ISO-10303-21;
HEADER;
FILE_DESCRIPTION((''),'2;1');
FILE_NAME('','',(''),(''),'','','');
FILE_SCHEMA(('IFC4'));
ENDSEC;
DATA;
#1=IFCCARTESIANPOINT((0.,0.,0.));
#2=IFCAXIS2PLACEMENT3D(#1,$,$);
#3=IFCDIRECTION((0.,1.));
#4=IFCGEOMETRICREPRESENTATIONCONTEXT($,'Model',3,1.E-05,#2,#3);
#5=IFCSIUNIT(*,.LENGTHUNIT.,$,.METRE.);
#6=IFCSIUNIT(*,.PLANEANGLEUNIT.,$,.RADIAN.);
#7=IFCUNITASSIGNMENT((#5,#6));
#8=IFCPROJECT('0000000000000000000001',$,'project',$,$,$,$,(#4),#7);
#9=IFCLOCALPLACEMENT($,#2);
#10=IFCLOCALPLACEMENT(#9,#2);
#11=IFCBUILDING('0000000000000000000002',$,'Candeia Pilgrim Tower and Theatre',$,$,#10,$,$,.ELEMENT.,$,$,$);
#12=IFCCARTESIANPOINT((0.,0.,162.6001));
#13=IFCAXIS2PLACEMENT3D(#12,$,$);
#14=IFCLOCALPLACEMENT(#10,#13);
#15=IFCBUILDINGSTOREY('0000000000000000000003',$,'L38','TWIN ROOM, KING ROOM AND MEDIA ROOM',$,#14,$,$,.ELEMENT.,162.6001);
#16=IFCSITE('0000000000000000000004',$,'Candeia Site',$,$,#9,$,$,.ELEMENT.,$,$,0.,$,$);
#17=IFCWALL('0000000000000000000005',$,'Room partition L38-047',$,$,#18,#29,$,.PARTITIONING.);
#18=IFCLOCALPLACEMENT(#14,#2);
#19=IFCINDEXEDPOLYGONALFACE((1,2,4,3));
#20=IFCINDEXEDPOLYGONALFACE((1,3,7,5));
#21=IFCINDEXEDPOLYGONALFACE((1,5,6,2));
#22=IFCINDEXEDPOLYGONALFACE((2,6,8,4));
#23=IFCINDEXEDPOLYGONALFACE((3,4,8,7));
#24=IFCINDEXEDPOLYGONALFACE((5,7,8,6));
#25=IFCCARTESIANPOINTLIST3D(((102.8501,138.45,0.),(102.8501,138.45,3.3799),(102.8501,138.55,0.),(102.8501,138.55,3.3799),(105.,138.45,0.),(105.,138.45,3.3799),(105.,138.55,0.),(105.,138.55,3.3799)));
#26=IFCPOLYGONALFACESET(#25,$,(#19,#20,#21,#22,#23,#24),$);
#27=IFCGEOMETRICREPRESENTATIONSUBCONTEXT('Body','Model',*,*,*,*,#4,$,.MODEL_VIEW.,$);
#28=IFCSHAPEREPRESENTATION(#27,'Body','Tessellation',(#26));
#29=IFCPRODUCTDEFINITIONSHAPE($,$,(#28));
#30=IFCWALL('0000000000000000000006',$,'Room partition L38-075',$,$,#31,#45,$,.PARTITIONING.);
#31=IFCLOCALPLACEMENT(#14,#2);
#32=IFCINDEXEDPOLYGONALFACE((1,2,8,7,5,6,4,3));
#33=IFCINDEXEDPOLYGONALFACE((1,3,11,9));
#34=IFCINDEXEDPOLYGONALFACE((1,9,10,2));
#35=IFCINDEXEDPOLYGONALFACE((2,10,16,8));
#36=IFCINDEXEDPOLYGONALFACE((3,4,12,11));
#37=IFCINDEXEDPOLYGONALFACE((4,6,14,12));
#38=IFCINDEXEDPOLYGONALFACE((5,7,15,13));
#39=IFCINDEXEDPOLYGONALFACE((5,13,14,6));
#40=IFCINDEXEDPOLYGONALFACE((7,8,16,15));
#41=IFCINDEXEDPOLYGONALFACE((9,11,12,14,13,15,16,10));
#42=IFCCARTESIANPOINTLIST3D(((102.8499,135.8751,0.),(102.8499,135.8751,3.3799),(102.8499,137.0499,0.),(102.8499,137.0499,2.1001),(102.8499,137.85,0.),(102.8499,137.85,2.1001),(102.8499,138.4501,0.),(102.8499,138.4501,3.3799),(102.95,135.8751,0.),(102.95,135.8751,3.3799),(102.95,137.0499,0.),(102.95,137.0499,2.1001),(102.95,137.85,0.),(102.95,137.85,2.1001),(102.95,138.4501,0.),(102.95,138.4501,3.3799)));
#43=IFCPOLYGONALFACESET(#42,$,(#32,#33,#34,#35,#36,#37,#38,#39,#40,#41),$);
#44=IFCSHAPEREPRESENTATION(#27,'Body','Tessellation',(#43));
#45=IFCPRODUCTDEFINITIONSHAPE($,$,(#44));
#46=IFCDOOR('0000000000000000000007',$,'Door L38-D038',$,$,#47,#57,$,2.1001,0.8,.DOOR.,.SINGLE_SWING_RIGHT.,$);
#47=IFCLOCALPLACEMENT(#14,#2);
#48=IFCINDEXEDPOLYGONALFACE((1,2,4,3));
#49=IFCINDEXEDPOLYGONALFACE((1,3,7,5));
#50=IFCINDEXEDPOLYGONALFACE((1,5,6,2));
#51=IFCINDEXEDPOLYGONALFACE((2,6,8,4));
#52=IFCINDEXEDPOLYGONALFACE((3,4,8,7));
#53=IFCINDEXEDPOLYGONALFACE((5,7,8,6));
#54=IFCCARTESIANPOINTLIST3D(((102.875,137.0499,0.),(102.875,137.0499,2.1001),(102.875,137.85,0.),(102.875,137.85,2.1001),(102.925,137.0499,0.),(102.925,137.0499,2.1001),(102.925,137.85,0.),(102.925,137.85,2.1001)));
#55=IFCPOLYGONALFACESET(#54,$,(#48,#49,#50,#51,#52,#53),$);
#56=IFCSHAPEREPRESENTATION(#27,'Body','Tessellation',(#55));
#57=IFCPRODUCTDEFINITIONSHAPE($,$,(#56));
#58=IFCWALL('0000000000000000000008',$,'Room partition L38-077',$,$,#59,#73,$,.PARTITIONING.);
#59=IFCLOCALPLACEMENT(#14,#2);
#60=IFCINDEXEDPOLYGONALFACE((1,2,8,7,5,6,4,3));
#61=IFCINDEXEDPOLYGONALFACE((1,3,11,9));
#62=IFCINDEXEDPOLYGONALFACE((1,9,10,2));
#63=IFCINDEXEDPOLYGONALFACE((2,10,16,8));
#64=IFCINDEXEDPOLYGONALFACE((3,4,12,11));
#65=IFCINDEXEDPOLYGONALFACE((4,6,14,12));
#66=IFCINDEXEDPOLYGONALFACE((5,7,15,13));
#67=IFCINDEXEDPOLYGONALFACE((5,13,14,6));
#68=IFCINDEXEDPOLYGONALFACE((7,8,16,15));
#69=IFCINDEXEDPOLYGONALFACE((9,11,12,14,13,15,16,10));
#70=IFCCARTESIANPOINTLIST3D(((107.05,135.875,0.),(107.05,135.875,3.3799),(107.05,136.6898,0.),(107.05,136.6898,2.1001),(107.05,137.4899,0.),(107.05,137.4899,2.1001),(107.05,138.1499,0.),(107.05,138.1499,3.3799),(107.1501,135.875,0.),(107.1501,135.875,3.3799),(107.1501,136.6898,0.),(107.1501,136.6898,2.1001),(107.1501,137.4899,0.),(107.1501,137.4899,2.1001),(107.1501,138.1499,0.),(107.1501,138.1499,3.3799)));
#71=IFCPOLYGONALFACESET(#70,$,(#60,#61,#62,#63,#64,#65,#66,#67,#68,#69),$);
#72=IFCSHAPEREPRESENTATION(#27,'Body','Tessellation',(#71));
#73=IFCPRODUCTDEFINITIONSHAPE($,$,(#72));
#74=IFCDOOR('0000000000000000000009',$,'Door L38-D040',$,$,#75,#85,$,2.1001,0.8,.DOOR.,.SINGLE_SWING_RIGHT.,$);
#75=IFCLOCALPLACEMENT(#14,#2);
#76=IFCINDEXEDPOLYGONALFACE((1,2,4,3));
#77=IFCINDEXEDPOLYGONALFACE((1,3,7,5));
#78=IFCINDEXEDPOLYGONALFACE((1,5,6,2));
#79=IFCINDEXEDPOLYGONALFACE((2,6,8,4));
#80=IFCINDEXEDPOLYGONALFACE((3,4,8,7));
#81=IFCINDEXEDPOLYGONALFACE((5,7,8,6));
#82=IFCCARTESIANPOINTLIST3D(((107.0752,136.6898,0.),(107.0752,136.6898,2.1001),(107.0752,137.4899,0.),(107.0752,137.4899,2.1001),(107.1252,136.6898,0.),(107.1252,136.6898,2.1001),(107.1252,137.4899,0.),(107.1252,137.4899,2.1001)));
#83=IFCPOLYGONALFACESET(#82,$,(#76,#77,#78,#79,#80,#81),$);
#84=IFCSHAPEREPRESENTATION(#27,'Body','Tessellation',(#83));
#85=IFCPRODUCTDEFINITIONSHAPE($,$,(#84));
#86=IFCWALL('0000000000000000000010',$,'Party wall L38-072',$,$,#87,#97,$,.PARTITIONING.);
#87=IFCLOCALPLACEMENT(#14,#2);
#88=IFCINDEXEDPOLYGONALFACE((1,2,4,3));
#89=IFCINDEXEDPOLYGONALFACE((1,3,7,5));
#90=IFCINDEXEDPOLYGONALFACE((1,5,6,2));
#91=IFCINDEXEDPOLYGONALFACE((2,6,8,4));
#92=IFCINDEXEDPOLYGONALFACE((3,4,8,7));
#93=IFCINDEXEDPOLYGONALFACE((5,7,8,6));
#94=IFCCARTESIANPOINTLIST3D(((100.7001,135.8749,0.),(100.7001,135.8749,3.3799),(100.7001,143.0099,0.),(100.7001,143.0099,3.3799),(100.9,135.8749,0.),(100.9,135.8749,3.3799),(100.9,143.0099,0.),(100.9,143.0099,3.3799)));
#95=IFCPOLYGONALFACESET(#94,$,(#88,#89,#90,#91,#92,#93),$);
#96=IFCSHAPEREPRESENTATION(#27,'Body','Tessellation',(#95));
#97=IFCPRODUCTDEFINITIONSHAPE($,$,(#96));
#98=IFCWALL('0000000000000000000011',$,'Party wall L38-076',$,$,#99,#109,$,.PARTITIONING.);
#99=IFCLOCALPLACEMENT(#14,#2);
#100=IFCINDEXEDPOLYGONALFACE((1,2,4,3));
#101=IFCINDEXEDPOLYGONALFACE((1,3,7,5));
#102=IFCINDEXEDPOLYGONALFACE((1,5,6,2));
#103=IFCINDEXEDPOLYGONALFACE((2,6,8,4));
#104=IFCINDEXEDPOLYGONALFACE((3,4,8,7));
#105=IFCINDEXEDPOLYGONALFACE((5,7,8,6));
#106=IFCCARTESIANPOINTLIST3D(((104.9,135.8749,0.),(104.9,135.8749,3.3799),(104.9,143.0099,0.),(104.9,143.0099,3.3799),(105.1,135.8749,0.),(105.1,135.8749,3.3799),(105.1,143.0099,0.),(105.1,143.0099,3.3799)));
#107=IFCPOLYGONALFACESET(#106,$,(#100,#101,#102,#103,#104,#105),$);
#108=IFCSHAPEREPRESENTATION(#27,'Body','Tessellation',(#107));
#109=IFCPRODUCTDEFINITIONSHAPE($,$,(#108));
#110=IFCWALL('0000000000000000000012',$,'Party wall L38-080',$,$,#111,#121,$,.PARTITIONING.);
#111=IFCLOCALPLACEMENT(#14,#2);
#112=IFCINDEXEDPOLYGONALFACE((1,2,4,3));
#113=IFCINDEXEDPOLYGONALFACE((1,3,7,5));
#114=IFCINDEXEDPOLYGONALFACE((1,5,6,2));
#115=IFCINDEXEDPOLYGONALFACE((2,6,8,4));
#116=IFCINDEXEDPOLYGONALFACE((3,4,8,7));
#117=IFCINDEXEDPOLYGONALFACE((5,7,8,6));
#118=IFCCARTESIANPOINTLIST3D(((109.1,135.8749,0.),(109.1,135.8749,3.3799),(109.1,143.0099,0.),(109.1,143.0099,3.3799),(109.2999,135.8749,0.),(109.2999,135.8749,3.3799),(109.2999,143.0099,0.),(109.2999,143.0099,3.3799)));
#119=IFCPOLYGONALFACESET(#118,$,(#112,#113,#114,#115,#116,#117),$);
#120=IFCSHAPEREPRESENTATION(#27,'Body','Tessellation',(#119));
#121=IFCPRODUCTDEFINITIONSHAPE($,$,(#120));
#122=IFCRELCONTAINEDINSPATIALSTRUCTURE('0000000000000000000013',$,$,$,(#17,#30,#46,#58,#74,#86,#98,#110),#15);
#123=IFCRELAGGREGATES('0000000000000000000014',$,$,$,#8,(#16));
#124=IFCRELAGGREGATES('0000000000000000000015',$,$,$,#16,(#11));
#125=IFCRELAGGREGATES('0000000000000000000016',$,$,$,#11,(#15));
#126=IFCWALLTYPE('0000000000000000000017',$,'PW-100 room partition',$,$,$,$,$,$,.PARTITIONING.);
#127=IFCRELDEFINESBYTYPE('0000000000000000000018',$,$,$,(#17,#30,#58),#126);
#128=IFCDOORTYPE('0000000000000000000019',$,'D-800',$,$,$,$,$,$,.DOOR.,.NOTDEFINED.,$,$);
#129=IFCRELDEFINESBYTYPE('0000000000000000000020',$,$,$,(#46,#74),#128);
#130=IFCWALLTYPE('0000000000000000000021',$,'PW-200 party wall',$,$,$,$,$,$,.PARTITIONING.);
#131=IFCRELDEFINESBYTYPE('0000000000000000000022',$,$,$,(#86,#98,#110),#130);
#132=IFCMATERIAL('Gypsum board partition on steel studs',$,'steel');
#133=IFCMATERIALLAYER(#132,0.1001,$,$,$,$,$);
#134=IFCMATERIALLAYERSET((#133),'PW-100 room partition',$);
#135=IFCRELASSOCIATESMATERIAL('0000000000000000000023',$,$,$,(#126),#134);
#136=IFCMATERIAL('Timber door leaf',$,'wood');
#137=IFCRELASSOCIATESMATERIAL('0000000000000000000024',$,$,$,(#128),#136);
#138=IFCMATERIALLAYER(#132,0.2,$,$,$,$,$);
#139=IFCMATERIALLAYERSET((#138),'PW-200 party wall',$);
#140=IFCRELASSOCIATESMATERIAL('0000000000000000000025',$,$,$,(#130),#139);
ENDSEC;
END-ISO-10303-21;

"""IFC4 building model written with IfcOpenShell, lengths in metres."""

from ifc_helpers import new_model, si_unit, direction, frame, frame_2d, origin, place, context, subcontext, project, spatial, rectangle, extrude, material, layer, layer_set, type_object, element, fill, save


model = new_model("IFC4")

# Units and contexts
model_context = context("Model", 3, precision=1e-05, world=origin(), true_north=direction((0.0, 1.0)))
body_context = subcontext(model_context, "Body", "Model", "MODEL_VIEW")
ifc_project = project(units=[si_unit("LENGTHUNIT", "METRE"), si_unit("PLANEANGLEUNIT", "RADIAN")], contexts=[model_context])

# Site, building, storey
site_placement = place(None, origin())
site = spatial("IfcSite", under=ifc_project, at=site_placement, Name="Candeia Site", CompositionType="ELEMENT", RefElevation=0.0)
building_placement = place(site_placement, origin())
building = spatial("IfcBuilding", under=site, at=building_placement, Name="Candeia Pilgrim Tower and Theatre", CompositionType="ELEMENT")
storey_placement = place(building_placement, frame((0.0, 0.0, 162.6001)))
storey = spatial("IfcBuildingStorey", under=building, at=storey_placement, Name="L38", Description="TWIN ROOM, KING ROOM AND MEDIA ROOM", CompositionType="ELEMENT", Elevation=162.6001)

# Wall
ifc_material_1 = material(Name="Gypsum board partition on steel studs", Category="steel")
ifc_layer_1 = layer(ifc_material_1, 0.1001)
ifc_layer_set_1 = layer_set([ifc_layer_1], Name="PW-100 room partition")
wall_type_1 = type_object("IfcWallType", Name="PW-100 room partition", PredefinedType="PARTITIONING", material=ifc_layer_set_1)
for number, where, z_axis, x_axis, name in (
    (1, (102.8501, 138.5, 0.0), (0.0, 0.0, 1.0), (1.0, 0.0, 0.0), "Room partition L38-047"),
):
    element("IfcWall", number, at=place(storey_placement, frame(where, z_axis=z_axis, x_axis=x_axis)), inside=storey, type_object=wall_type_1, Name=name, PredefinedType="PARTITIONING", context=body_context, shape_type="SweptSolid", body=[
        extrude(rectangle(XDim=2.1499, YDim=0.1001, at=frame_2d((1.075, 0.0))), origin(), (0.0, 0.0, 1.0), 3.3799),
    ])

# Walls, openings, doors
wall_1_placement = place(storey_placement, frame((102.8999, 135.875, 0.0), z_axis=(0.0, 0.0, 1.0), x_axis=(0.0, 1.0, 0.0)))
wall_1 = element("IfcWall", 2, at=wall_1_placement, inside=storey, type_object=wall_type_1, Name="Room partition L38-075", PredefinedType="PARTITIONING", context=body_context, shape_type="SweptSolid", body=[
    extrude(rectangle(XDim=2.575, YDim=0.1001, at=frame_2d((1.2876, 0.0))), origin(), (0.0, 0.0, 1.0), 3.3799),
])
opening_1_placement = place(wall_1_placement, frame((1.175, 0.0, 0.0)))
opening_1 = element("IfcOpeningElement", 3, at=opening_1_placement, cuts=wall_1, PredefinedType="OPENING", context=body_context, shape_type="SweptSolid", body=[
    extrude(rectangle(XDim=0.8, YDim=2.1001, at=frame_2d((0.3999, 1.05))), frame((0.0, 0.0601, 0.0), z_axis=(0.0, -1.0, 0.0), x_axis=(1.0, 0.0, 0.0)), (0.0, 0.0, 1.0), 0.1201),
])
ifc_material_2 = material(Name="Timber door leaf", Category="wood")
door_type_1 = type_object("IfcDoorType", Name="D-800", OperationType="NOTDEFINED", PredefinedType="DOOR", material=ifc_material_2)
door_1_placement = place(opening_1_placement, origin())
door_1 = element("IfcDoor", 4, at=door_1_placement, inside=storey, type_object=door_type_1, Name="Door L38-D038", OperationType="SINGLE_SWING_RIGHT", OverallHeight=2.1001, OverallWidth=0.8, PredefinedType="DOOR", context=body_context, shape_type="SweptSolid", body=[
    extrude(rectangle(XDim=0.8, YDim=2.1001, at=frame_2d((0.3999, 1.05))), frame((0.0, 0.0249, 0.0), z_axis=(0.0, -1.0, 0.0), x_axis=(1.0, 0.0, 0.0)), (0.0, 0.0, 1.0), 0.05),
])
fill(opening_1, door_1)
wall_2_placement = place(storey_placement, frame((107.1001, 135.875, 0.0), z_axis=(0.0, 0.0, 1.0), x_axis=(0.0, 1.0, 0.0)))
wall_2 = element("IfcWall", 5, at=wall_2_placement, inside=storey, type_object=wall_type_1, Name="Room partition L38-077", PredefinedType="PARTITIONING", context=body_context, shape_type="SweptSolid", body=[
    extrude(rectangle(XDim=2.2749, YDim=0.1001, at=frame_2d((1.1375, 0.0))), origin(), (0.0, 0.0, 1.0), 3.3799),
])
opening_2_placement = place(wall_2_placement, frame((0.8149, 0.0, 0.0)))
opening_2 = element("IfcOpeningElement", 6, at=opening_2_placement, cuts=wall_2, PredefinedType="OPENING", context=body_context, shape_type="SweptSolid", body=[
    extrude(rectangle(XDim=0.8, YDim=2.1001, at=frame_2d((0.3999, 1.05))), frame((0.0, 0.0601, 0.0), z_axis=(0.0, -1.0, 0.0), x_axis=(1.0, 0.0, 0.0)), (0.0, 0.0, 1.0), 0.1201),
])
door_2_placement = place(opening_2_placement, origin())
door_2 = element("IfcDoor", 7, at=door_2_placement, inside=storey, type_object=door_type_1, Name="Door L38-D040", OperationType="SINGLE_SWING_RIGHT", OverallHeight=2.1001, OverallWidth=0.8, PredefinedType="DOOR", context=body_context, shape_type="SweptSolid", body=[
    extrude(rectangle(XDim=0.8, YDim=2.1001, at=frame_2d((0.3999, 1.05))), frame((0.0, 0.0249, 0.0), z_axis=(0.0, -1.0, 0.0), x_axis=(1.0, 0.0, 0.0)), (0.0, 0.0, 1.0), 0.05),
])
fill(opening_2, door_2)

# Walls
ifc_layer_2 = layer(ifc_material_1, 0.2)
ifc_layer_set_2 = layer_set([ifc_layer_2], Name="PW-200 party wall")
wall_type_2 = type_object("IfcWallType", Name="PW-200 party wall", PredefinedType="PARTITIONING", material=ifc_layer_set_2)
for number, where, z_axis, x_axis, name in (
    (8, (100.8, 135.875, 0.0), (0.0, 0.0, 1.0), (0.0, 1.0, 0.0), "Party wall L38-072"),
    (9, (105.0, 135.875, 0.0), (0.0, 0.0, 1.0), (0.0, 1.0, 0.0), "Party wall L38-076"),
    (10, (109.2, 135.875, 0.0), (0.0, 0.0, 1.0), (0.0, 1.0, 0.0), "Party wall L38-080"),
):
    element("IfcWall", number, at=place(storey_placement, frame(where, z_axis=z_axis, x_axis=x_axis)), inside=storey, type_object=wall_type_2, Name=name, PredefinedType="PARTITIONING", context=body_context, shape_type="SweptSolid", body=[
        extrude(rectangle(XDim=7.135, YDim=0.2, at=frame_2d((3.5674, 0.0))), origin(), (0.0, 0.0, 1.0), 3.3799),
    ])

save(model, "model.ifc")
